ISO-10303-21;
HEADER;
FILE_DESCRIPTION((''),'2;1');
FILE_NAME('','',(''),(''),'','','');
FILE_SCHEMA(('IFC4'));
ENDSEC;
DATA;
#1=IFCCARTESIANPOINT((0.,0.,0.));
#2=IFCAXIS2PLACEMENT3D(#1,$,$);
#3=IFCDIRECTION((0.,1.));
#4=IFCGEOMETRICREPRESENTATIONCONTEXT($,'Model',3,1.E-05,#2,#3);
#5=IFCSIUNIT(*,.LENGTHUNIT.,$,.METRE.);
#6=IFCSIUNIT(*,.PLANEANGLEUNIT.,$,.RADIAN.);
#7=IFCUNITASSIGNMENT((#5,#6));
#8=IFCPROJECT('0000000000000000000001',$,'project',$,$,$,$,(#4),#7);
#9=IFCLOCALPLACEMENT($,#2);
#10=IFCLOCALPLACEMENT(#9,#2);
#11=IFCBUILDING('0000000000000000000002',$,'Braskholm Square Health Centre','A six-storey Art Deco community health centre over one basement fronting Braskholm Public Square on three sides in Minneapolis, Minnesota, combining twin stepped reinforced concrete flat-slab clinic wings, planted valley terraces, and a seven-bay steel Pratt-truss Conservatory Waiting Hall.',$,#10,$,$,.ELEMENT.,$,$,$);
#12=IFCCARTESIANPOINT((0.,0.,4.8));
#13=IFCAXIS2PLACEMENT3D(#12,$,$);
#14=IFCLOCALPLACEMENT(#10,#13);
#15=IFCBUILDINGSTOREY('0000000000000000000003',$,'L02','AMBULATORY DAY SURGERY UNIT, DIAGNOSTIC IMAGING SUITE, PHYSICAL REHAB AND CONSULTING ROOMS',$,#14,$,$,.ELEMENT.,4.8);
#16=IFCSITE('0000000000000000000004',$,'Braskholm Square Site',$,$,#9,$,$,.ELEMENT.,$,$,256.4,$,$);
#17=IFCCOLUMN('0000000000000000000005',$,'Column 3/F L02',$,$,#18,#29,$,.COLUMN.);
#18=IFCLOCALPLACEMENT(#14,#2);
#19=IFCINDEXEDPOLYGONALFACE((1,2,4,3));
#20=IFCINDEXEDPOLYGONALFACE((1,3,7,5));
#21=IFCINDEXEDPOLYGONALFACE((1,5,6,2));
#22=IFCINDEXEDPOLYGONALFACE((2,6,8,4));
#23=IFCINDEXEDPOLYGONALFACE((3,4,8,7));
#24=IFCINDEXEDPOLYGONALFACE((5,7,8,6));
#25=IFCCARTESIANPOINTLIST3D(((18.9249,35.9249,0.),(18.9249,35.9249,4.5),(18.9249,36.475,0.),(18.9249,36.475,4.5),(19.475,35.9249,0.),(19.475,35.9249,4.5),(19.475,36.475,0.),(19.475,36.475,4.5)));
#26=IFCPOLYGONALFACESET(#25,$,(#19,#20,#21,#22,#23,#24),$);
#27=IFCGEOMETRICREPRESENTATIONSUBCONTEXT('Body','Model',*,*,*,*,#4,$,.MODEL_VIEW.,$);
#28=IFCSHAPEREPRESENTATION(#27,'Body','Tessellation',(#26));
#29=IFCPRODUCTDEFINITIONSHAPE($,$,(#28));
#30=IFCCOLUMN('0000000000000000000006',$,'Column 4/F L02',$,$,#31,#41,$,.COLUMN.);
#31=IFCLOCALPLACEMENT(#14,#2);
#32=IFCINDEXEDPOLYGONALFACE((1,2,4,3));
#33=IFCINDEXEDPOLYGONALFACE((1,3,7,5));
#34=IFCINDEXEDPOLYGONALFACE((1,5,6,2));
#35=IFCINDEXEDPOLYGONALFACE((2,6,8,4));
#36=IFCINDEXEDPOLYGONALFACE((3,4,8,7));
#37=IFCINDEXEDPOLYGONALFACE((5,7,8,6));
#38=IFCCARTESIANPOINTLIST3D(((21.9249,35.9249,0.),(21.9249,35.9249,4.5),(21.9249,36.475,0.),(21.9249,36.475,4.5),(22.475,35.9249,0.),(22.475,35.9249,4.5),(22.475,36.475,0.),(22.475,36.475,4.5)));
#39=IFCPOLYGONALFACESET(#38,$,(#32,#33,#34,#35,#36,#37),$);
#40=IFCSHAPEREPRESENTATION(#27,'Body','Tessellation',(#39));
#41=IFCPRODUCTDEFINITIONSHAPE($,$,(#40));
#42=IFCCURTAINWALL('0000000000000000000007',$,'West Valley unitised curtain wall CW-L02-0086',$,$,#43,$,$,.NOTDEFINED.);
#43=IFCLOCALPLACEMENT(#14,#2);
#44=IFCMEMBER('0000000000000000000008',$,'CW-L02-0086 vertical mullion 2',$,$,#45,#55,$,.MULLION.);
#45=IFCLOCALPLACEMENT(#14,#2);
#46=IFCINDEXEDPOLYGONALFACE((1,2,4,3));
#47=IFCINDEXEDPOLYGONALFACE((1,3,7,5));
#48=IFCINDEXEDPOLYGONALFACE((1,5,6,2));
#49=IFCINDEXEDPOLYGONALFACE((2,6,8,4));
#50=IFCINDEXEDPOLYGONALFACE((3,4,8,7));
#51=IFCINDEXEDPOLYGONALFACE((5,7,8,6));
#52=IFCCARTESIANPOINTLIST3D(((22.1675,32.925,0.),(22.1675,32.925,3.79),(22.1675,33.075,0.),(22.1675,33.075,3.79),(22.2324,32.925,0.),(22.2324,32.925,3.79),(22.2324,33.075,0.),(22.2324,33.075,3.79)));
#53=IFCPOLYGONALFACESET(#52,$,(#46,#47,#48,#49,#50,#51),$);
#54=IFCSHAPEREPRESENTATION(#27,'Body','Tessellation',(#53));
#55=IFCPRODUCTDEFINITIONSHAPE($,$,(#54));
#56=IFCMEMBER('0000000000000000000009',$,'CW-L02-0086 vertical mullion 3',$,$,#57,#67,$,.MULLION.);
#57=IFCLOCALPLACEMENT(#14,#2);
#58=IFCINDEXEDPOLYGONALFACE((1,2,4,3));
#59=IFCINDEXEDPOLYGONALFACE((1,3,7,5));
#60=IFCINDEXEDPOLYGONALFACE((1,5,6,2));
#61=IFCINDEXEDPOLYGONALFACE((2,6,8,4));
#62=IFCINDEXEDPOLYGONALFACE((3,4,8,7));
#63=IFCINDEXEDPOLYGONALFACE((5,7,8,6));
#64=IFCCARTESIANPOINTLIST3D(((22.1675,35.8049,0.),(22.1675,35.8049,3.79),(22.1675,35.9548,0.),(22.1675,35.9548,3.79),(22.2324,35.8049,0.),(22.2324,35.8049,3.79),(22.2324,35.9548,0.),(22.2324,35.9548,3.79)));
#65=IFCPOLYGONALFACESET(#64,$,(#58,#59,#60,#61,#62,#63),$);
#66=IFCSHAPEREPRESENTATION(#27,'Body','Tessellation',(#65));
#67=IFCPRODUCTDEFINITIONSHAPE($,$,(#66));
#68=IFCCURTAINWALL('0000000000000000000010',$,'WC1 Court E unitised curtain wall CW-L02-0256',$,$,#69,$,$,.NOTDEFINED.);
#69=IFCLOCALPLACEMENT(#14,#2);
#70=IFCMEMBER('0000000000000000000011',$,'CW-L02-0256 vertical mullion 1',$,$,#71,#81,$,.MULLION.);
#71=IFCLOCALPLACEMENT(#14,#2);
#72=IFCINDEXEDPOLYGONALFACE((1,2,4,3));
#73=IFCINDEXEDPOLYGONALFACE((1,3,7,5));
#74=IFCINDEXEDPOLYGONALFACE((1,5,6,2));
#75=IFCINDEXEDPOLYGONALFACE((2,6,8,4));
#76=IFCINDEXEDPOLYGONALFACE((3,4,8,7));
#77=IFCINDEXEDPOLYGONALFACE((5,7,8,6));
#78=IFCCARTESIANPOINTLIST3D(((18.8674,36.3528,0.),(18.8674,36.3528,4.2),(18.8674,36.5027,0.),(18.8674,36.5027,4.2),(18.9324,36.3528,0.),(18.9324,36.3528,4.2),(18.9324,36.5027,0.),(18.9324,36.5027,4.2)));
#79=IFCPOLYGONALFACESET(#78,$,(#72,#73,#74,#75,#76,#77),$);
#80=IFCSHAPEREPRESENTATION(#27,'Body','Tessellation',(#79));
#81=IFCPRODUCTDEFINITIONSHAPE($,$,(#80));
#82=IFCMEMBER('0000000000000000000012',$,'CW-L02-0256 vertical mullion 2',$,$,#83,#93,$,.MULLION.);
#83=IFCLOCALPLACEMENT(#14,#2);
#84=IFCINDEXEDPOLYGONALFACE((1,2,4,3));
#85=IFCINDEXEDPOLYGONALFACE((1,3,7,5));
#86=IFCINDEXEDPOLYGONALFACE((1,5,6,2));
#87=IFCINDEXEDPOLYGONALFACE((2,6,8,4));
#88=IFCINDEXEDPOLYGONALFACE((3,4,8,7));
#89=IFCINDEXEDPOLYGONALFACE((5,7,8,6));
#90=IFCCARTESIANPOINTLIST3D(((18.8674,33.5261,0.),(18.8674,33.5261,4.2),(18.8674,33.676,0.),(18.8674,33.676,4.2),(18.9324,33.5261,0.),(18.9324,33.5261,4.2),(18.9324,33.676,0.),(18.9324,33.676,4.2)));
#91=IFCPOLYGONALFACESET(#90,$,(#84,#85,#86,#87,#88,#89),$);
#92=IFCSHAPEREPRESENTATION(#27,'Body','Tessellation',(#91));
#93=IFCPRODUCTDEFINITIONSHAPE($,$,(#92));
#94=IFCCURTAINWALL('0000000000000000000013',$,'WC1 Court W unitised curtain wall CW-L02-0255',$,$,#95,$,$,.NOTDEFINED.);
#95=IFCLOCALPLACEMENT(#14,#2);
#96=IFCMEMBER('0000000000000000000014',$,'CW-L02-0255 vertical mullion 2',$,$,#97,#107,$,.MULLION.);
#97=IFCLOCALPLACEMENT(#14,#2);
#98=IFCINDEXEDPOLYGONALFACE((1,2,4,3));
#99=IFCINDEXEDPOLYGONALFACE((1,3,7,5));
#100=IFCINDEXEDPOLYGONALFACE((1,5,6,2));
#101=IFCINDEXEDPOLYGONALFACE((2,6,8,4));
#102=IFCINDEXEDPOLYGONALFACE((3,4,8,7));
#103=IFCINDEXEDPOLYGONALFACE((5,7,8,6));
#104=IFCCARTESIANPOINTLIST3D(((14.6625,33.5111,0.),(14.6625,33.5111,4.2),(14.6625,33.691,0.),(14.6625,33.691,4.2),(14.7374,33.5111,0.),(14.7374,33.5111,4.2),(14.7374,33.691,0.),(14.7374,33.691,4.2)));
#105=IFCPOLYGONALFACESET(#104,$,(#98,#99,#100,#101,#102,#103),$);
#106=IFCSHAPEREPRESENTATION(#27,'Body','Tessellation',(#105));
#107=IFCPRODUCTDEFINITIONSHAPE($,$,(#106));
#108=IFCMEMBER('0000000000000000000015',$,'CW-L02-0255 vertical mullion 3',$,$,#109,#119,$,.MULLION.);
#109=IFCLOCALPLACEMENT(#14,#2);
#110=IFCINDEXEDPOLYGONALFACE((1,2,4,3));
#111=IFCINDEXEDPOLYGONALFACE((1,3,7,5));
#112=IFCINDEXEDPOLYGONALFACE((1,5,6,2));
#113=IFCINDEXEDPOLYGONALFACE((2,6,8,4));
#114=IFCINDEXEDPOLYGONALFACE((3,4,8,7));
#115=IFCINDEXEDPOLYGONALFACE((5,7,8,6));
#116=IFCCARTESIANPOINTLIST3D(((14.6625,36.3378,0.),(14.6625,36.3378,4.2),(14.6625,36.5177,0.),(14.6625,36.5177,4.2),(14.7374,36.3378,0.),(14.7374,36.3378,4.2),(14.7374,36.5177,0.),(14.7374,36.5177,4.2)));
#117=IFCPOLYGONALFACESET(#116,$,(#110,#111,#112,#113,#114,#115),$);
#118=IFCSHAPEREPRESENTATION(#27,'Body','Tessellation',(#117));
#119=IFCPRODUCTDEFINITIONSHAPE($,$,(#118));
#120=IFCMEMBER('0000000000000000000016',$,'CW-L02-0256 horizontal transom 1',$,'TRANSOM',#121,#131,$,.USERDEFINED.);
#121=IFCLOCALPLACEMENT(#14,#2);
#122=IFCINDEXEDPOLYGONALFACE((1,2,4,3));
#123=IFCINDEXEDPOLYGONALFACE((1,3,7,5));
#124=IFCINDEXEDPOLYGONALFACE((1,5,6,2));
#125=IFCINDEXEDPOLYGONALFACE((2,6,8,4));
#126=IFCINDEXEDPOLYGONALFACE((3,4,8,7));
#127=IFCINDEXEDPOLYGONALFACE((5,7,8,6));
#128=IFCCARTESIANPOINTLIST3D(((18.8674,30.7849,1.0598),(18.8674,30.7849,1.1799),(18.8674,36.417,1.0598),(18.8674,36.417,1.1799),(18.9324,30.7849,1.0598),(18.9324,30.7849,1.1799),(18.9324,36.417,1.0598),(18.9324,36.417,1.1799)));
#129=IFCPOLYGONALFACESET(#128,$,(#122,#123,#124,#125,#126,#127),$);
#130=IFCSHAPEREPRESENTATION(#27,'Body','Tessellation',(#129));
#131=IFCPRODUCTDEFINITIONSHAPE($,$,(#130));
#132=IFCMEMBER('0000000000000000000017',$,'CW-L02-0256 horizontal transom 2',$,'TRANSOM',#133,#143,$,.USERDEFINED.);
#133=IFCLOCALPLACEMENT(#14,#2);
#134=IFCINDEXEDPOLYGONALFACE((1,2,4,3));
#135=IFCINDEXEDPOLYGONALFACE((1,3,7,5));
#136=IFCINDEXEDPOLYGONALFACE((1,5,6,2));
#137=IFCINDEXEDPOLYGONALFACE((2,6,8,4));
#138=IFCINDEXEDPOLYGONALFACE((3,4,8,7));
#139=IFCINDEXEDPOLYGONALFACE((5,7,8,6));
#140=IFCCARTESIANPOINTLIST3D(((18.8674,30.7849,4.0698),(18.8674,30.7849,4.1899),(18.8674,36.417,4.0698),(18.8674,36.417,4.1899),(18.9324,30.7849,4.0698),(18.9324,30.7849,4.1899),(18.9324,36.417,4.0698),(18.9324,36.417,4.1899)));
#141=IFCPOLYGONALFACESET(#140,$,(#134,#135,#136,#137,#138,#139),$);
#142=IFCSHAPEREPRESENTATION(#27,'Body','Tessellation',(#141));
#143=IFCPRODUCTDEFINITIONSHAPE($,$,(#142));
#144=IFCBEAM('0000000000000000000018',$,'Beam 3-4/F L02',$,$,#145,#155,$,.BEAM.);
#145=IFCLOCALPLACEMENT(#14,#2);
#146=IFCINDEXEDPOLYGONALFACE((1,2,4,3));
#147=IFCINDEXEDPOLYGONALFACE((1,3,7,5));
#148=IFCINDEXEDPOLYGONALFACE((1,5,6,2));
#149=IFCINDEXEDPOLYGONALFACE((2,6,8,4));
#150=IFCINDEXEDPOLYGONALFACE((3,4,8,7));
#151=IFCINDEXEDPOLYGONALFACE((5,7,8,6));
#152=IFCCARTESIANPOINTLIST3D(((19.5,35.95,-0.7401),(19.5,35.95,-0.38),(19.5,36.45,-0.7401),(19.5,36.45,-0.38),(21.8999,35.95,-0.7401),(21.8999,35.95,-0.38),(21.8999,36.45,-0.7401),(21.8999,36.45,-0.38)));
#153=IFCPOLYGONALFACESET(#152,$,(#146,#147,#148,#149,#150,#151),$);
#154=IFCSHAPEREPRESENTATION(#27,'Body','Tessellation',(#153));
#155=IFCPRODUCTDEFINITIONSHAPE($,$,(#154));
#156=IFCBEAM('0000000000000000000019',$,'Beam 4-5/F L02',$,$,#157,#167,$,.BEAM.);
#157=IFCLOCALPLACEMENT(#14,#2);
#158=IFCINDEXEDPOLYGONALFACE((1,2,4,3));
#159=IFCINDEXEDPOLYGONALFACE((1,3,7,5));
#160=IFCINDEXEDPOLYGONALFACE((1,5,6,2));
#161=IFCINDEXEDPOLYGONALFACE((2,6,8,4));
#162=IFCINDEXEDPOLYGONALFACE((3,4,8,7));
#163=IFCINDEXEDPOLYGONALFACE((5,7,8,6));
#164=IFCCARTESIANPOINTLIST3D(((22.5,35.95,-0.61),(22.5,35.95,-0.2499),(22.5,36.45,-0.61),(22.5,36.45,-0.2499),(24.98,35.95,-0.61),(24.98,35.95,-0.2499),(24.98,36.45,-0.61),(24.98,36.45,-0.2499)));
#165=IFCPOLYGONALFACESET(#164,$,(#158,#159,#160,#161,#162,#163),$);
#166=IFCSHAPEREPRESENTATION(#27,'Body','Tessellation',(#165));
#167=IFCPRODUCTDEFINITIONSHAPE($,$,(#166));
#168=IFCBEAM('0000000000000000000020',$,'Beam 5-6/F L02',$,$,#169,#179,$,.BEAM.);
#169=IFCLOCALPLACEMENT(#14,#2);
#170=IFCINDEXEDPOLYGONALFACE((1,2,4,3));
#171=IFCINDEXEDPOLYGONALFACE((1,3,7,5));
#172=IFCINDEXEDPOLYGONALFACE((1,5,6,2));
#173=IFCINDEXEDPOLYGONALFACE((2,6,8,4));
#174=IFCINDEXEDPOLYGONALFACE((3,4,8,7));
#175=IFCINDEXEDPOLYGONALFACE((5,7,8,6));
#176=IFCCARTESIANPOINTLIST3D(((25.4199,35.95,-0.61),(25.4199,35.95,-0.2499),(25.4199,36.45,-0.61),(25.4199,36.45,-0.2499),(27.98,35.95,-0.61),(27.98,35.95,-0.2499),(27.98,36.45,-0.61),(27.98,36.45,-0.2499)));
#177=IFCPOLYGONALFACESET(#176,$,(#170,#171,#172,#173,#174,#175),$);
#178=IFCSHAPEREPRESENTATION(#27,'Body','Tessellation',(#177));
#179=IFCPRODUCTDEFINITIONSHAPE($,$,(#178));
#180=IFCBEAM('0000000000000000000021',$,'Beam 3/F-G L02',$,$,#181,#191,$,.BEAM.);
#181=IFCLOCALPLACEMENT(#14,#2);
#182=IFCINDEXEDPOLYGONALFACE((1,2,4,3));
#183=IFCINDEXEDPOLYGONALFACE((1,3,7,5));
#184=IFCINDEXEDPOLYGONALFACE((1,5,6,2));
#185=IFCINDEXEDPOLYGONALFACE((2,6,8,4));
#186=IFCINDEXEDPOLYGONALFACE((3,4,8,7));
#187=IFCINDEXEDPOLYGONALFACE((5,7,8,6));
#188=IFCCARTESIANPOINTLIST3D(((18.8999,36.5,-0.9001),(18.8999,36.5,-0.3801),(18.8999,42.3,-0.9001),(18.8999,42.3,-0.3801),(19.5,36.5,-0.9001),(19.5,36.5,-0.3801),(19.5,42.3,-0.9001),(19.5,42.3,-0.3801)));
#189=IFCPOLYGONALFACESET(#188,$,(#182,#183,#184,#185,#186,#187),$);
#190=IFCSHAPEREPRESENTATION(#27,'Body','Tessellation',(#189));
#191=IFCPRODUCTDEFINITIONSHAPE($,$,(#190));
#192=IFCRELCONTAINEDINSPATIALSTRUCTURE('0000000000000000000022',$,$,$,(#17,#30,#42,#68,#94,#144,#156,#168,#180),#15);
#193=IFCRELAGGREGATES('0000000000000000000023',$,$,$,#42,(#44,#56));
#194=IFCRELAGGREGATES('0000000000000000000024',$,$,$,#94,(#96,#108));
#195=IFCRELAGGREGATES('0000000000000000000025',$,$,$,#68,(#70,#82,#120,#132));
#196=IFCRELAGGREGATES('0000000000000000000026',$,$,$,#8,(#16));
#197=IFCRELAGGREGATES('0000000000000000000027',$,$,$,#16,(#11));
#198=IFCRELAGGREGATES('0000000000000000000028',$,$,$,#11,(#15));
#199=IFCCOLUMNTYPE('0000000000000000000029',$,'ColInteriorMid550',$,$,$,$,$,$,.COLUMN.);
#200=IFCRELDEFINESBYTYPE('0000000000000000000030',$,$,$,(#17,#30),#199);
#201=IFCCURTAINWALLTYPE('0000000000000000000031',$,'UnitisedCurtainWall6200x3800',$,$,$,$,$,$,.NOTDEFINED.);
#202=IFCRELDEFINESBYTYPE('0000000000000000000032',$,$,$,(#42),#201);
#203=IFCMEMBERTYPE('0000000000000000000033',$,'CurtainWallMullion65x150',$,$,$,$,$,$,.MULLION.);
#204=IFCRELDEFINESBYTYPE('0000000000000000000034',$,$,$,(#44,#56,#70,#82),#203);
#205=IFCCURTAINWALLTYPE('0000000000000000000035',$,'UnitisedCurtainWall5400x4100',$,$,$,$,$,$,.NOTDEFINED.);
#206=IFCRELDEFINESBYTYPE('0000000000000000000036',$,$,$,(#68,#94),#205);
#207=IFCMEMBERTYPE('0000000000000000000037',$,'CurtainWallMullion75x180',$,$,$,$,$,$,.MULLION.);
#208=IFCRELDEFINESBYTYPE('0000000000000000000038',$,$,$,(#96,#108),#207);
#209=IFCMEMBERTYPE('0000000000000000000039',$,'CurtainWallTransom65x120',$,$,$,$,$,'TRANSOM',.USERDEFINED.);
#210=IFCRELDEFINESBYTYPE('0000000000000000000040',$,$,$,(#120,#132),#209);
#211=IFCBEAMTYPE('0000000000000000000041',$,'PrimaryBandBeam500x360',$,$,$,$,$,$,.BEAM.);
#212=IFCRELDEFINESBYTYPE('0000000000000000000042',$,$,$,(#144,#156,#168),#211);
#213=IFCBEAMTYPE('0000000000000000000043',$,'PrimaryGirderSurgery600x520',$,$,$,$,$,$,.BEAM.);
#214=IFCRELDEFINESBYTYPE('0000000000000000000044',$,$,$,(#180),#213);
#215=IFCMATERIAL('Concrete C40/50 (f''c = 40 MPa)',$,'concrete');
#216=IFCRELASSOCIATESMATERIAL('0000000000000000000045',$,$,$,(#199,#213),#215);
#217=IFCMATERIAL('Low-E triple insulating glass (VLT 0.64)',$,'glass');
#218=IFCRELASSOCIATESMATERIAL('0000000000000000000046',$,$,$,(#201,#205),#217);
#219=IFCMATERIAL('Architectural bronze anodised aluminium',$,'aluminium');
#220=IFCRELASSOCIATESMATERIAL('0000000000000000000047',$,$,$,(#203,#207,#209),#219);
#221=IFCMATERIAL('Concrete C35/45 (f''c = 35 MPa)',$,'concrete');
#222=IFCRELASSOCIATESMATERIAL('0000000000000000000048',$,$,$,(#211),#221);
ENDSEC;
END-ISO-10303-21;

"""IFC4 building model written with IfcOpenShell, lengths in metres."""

from ifc_helpers import new_model, si_unit, direction, frame, origin, origin_2d, place, context, subcontext, project, spatial, rectangle, extrude, material, material_profile, profile_set, type_object, element, aggregate, save


model = new_model("IFC4")

# Units and contexts
model_context = context("Model", 3, precision=1e-05, world=origin(), true_north=direction((0.0, 1.0)))
body_context = subcontext(model_context, "Body", "Model", "MODEL_VIEW")
ifc_project = project(units=[si_unit("LENGTHUNIT", "METRE"), si_unit("PLANEANGLEUNIT", "RADIAN")], contexts=[model_context])

# Site, building, storey
site_placement = place(None, origin())
site = spatial("IfcSite", under=ifc_project, at=site_placement, Name="Braskholm Square Site", CompositionType="ELEMENT", RefElevation=256.4)
building_placement = place(site_placement, origin())
building = spatial("IfcBuilding", under=site, at=building_placement, Name="Braskholm Square Health Centre", Description="A six-storey Art Deco community health centre over one basement fronting Braskholm Public Square on three sides in Minneapolis, Minnesota, combining twin stepped reinforced concrete flat-slab clinic wings, planted valley terraces, and a seven-bay steel Pratt-truss Conservatory Waiting Hall.", CompositionType="ELEMENT")
storey_placement = place(building_placement, frame((0.0, 0.0, 4.8)))
storey = spatial("IfcBuildingStorey", under=building, at=storey_placement, Name="L02", Description="AMBULATORY DAY SURGERY UNIT, DIAGNOSTIC IMAGING SUITE, PHYSICAL REHAB AND CONSULTING ROOMS", CompositionType="ELEMENT", Elevation=4.8)

# Columns
ifc_material_1 = material(Name="Concrete C40/50 (f'c = 40 MPa)", Category="concrete")
ifc_material_profile_1 = material_profile(ifc_material_1, rectangle(XDim=0.55, YDim=0.55, at=origin_2d()), Name="RC-550X550")
ifc_profile_set_1 = profile_set([ifc_material_profile_1], Name="Concrete C40/50 (f'c = 40 MPa)")
column_type = type_object("IfcColumnType", Name="ColInteriorMid550", PredefinedType="COLUMN", material=ifc_profile_set_1)
for number, where, z_axis, x_axis, name in (
    (1, (19.2, 36.2, 0.0), (0.0, 0.0, 1.0), (1.0, 0.0, 0.0), "Column 3/F L02"),
    (2, (22.2, 36.2, 0.0), (0.0, 0.0, 1.0), (1.0, 0.0, 0.0), "Column 4/F L02"),
):
    element("IfcColumn", number, at=place(storey_placement, frame(where, z_axis=z_axis, x_axis=x_axis)), inside=storey, type_object=column_type, Name=name, PredefinedType="COLUMN", context=body_context, shape_type="SweptSolid", body=[
        extrude(rectangle(XDim=0.55, YDim=0.55, at=origin_2d()), origin(), (0.0, 0.0, 1.0), 4.5),
    ])

# Curtain walls, members
ifc_material_2 = material(Name="Low-E triple insulating glass (VLT 0.64)", Category="glass")
curtain_wall_type_1 = type_object("IfcCurtainWallType", Name="UnitisedCurtainWall6200x3800", PredefinedType="NOTDEFINED", material=ifc_material_2)
curtain_wall_1_placement = place(storey_placement, origin())
curtain_wall_1 = element("IfcCurtainWall", 3, at=curtain_wall_1_placement, inside=storey, type_object=curtain_wall_type_1, Name="West Valley unitised curtain wall CW-L02-0086", PredefinedType="NOTDEFINED")
ifc_material_3 = material(Name="Architectural bronze anodised aluminium", Category="aluminium")
ifc_material_profile_2 = material_profile(ifc_material_3, rectangle(XDim=0.0649, YDim=0.1499, at=origin_2d()), Name="ALU-65X150")
ifc_profile_set_2 = profile_set([ifc_material_profile_2], Name="Architectural bronze anodised aluminium")
member_type_1 = type_object("IfcMemberType", Name="CurtainWallMullion65x150", PredefinedType="MULLION", material=ifc_profile_set_2)
member_1_placement = place(storey_placement, frame((22.2, 33.0, 0.0), z_axis=(0.0, 0.0, 1.0), x_axis=(1.0, 0.0, 0.0)))
member_1 = element("IfcMember", 4, at=member_1_placement, type_object=member_type_1, Name="CW-L02-0086 vertical mullion 2", PredefinedType="MULLION", context=body_context, shape_type="SweptSolid", body=[
    extrude(rectangle(XDim=0.0649, YDim=0.1499, at=origin_2d()), origin(), (0.0, 0.0, 1.0), 3.79),
])
member_2_placement = place(storey_placement, frame((22.2, 35.8799, 0.0), z_axis=(0.0, 0.0, 1.0), x_axis=(1.0, 0.0, 0.0)))
member_2 = element("IfcMember", 5, at=member_2_placement, type_object=member_type_1, Name="CW-L02-0086 vertical mullion 3", PredefinedType="MULLION", context=body_context, shape_type="SweptSolid", body=[
    extrude(rectangle(XDim=0.0649, YDim=0.1499, at=origin_2d()), origin(), (0.0, 0.0, 1.0), 3.79),
])
curtain_wall_type_2 = type_object("IfcCurtainWallType", Name="UnitisedCurtainWall5400x4100", PredefinedType="NOTDEFINED", material=ifc_material_2)
curtain_wall_2_placement = place(storey_placement, origin())
curtain_wall_2 = element("IfcCurtainWall", 6, at=curtain_wall_2_placement, inside=storey, type_object=curtain_wall_type_2, Name="WC1 Court E unitised curtain wall CW-L02-0256", PredefinedType="NOTDEFINED")
member_3_placement = place(storey_placement, frame((18.8999, 36.4277, 0.0), z_axis=(0.0, 0.0, 1.0), x_axis=(1.0, 0.0, 0.0)))
member_3 = element("IfcMember", 7, at=member_3_placement, type_object=member_type_1, Name="CW-L02-0256 vertical mullion 1", PredefinedType="MULLION", context=body_context, shape_type="SweptSolid", body=[
    extrude(rectangle(XDim=0.0649, YDim=0.1499, at=origin_2d()), origin(), (0.0, 0.0, 1.0), 4.2),
])
member_4_placement = place(storey_placement, frame((18.8999, 33.6011, 0.0), z_axis=(0.0, 0.0, 1.0), x_axis=(1.0, 0.0, 0.0)))
member_4 = element("IfcMember", 8, at=member_4_placement, type_object=member_type_1, Name="CW-L02-0256 vertical mullion 2", PredefinedType="MULLION", context=body_context, shape_type="SweptSolid", body=[
    extrude(rectangle(XDim=0.0649, YDim=0.1499, at=origin_2d()), origin(), (0.0, 0.0, 1.0), 4.2),
])
curtain_wall_3_placement = place(storey_placement, origin())
curtain_wall_3 = element("IfcCurtainWall", 9, at=curtain_wall_3_placement, inside=storey, type_object=curtain_wall_type_2, Name="WC1 Court W unitised curtain wall CW-L02-0255", PredefinedType="NOTDEFINED")
ifc_material_profile_3 = material_profile(ifc_material_3, rectangle(XDim=0.075, YDim=0.1799, at=origin_2d()), Name="ALU-75X180")
ifc_profile_set_3 = profile_set([ifc_material_profile_3], Name="Architectural bronze anodised aluminium")
member_type_2 = type_object("IfcMemberType", Name="CurtainWallMullion75x180", PredefinedType="MULLION", material=ifc_profile_set_3)
member_5_placement = place(storey_placement, frame((14.7, 33.6011, 0.0), z_axis=(0.0, 0.0, 1.0), x_axis=(1.0, 0.0, 0.0)))
member_5 = element("IfcMember", 10, at=member_5_placement, type_object=member_type_2, Name="CW-L02-0255 vertical mullion 2", PredefinedType="MULLION", context=body_context, shape_type="SweptSolid", body=[
    extrude(rectangle(XDim=0.075, YDim=0.1799, at=origin_2d()), origin(), (0.0, 0.0, 1.0), 4.2),
])
member_6_placement = place(storey_placement, frame((14.7, 36.4277, 0.0), z_axis=(0.0, 0.0, 1.0), x_axis=(1.0, 0.0, 0.0)))
member_6 = element("IfcMember", 11, at=member_6_placement, type_object=member_type_2, Name="CW-L02-0255 vertical mullion 3", PredefinedType="MULLION", context=body_context, shape_type="SweptSolid", body=[
    extrude(rectangle(XDim=0.075, YDim=0.1799, at=origin_2d()), origin(), (0.0, 0.0, 1.0), 4.2),
])

# Members
ifc_material_profile_4 = material_profile(ifc_material_3, rectangle(XDim=0.0649, YDim=0.1201, at=origin_2d()), Name="ALU-65X120")
ifc_profile_set_4 = profile_set([ifc_material_profile_4], Name="Architectural bronze anodised aluminium")
member_type_3 = type_object("IfcMemberType", Name="CurtainWallTransom65x120", ElementType="TRANSOM", PredefinedType="USERDEFINED", material=ifc_profile_set_4)
member_7_placement = place(storey_placement, frame((18.8999, 36.417, 1.1199), z_axis=(0.0, -1.0, 0.0), x_axis=(1.0, 0.0, 0.0)))
member_7 = element("IfcMember", 12, at=member_7_placement, type_object=member_type_3, Name="CW-L02-0256 horizontal transom 1", ObjectType="TRANSOM", PredefinedType="USERDEFINED", context=body_context, shape_type="SweptSolid", body=[
    extrude(rectangle(XDim=0.0649, YDim=0.1201, at=origin_2d()), origin(), (0.0, 0.0, 1.0), 5.6321),
])
member_8_placement = place(storey_placement, frame((18.8999, 36.417, 4.1299), z_axis=(0.0, -1.0, 0.0), x_axis=(1.0, 0.0, 0.0)))
member_8 = element("IfcMember", 13, at=member_8_placement, type_object=member_type_3, Name="CW-L02-0256 horizontal transom 2", ObjectType="TRANSOM", PredefinedType="USERDEFINED", context=body_context, shape_type="SweptSolid", body=[
    extrude(rectangle(XDim=0.0649, YDim=0.1201, at=origin_2d()), origin(), (0.0, 0.0, 1.0), 5.6321),
])

# Beams
ifc_material_4 = material(Name="Concrete C35/45 (f'c = 35 MPa)", Category="concrete")
ifc_material_profile_5 = material_profile(ifc_material_4, rectangle(XDim=0.5, YDim=0.3601, at=origin_2d()), Name="RCB-500X360")
ifc_profile_set_5 = profile_set([ifc_material_profile_5], Name="Concrete C35/45 (f'c = 35 MPa)")
beam_type_1 = type_object("IfcBeamType", Name="PrimaryBandBeam500x360", PredefinedType="BEAM", material=ifc_profile_set_5)
beam_1_placement = place(storey_placement, frame((19.5, 36.2, -0.5601), z_axis=(1.0, 0.0, 0.0), x_axis=(0.0, 1.0, 0.0)))
element("IfcBeam", 14, at=beam_1_placement, inside=storey, type_object=beam_type_1, Name="Beam 3-4/F L02", PredefinedType="BEAM", context=body_context, shape_type="SweptSolid", body=[
    extrude(rectangle(XDim=0.5, YDim=0.3601, at=origin_2d()), origin(), (0.0, 0.0, 1.0), 2.3999),
])
beam_2_placement = place(storey_placement, frame((22.5, 36.2, -0.4299), z_axis=(1.0, 0.0, 0.0), x_axis=(0.0, 1.0, 0.0)))
element("IfcBeam", 15, at=beam_2_placement, inside=storey, type_object=beam_type_1, Name="Beam 4-5/F L02", PredefinedType="BEAM", context=body_context, shape_type="SweptSolid", body=[
    extrude(rectangle(XDim=0.5, YDim=0.3601, at=origin_2d()), origin(), (0.0, 0.0, 1.0), 2.48),
])
beam_3_placement = place(storey_placement, frame((25.4199, 36.2, -0.4299), z_axis=(1.0, 0.0, 0.0), x_axis=(0.0, 1.0, 0.0)))
element("IfcBeam", 16, at=beam_3_placement, inside=storey, type_object=beam_type_1, Name="Beam 5-6/F L02", PredefinedType="BEAM", context=body_context, shape_type="SweptSolid", body=[
    extrude(rectangle(XDim=0.5, YDim=0.3601, at=origin_2d()), origin(), (0.0, 0.0, 1.0), 2.5601),
])
ifc_material_profile_6 = material_profile(ifc_material_1, rectangle(XDim=0.6001, YDim=0.52, at=origin_2d()), Name="RCB-600X520")
ifc_profile_set_6 = profile_set([ifc_material_profile_6], Name="Concrete C40/50 (f'c = 40 MPa)")
beam_type_2 = type_object("IfcBeamType", Name="PrimaryGirderSurgery600x520", PredefinedType="BEAM", material=ifc_profile_set_6)
beam_4_placement = place(storey_placement, frame((19.2, 36.5, -0.6401), z_axis=(0.0, 1.0, 0.0), x_axis=(-1.0, 0.0, 0.0)))
element("IfcBeam", 17, at=beam_4_placement, inside=storey, type_object=beam_type_2, Name="Beam 3/F-G L02", PredefinedType="BEAM", context=body_context, shape_type="SweptSolid", body=[
    extrude(rectangle(XDim=0.6001, YDim=0.52, at=origin_2d()), origin(), (0.0, 0.0, 1.0), 5.8),
])

aggregate(curtain_wall_1, [member_1, member_2])
aggregate(curtain_wall_3, [member_5, member_6])
aggregate(curtain_wall_2, [member_3, member_4, member_7, member_8])

save(model, "model.ifc")
